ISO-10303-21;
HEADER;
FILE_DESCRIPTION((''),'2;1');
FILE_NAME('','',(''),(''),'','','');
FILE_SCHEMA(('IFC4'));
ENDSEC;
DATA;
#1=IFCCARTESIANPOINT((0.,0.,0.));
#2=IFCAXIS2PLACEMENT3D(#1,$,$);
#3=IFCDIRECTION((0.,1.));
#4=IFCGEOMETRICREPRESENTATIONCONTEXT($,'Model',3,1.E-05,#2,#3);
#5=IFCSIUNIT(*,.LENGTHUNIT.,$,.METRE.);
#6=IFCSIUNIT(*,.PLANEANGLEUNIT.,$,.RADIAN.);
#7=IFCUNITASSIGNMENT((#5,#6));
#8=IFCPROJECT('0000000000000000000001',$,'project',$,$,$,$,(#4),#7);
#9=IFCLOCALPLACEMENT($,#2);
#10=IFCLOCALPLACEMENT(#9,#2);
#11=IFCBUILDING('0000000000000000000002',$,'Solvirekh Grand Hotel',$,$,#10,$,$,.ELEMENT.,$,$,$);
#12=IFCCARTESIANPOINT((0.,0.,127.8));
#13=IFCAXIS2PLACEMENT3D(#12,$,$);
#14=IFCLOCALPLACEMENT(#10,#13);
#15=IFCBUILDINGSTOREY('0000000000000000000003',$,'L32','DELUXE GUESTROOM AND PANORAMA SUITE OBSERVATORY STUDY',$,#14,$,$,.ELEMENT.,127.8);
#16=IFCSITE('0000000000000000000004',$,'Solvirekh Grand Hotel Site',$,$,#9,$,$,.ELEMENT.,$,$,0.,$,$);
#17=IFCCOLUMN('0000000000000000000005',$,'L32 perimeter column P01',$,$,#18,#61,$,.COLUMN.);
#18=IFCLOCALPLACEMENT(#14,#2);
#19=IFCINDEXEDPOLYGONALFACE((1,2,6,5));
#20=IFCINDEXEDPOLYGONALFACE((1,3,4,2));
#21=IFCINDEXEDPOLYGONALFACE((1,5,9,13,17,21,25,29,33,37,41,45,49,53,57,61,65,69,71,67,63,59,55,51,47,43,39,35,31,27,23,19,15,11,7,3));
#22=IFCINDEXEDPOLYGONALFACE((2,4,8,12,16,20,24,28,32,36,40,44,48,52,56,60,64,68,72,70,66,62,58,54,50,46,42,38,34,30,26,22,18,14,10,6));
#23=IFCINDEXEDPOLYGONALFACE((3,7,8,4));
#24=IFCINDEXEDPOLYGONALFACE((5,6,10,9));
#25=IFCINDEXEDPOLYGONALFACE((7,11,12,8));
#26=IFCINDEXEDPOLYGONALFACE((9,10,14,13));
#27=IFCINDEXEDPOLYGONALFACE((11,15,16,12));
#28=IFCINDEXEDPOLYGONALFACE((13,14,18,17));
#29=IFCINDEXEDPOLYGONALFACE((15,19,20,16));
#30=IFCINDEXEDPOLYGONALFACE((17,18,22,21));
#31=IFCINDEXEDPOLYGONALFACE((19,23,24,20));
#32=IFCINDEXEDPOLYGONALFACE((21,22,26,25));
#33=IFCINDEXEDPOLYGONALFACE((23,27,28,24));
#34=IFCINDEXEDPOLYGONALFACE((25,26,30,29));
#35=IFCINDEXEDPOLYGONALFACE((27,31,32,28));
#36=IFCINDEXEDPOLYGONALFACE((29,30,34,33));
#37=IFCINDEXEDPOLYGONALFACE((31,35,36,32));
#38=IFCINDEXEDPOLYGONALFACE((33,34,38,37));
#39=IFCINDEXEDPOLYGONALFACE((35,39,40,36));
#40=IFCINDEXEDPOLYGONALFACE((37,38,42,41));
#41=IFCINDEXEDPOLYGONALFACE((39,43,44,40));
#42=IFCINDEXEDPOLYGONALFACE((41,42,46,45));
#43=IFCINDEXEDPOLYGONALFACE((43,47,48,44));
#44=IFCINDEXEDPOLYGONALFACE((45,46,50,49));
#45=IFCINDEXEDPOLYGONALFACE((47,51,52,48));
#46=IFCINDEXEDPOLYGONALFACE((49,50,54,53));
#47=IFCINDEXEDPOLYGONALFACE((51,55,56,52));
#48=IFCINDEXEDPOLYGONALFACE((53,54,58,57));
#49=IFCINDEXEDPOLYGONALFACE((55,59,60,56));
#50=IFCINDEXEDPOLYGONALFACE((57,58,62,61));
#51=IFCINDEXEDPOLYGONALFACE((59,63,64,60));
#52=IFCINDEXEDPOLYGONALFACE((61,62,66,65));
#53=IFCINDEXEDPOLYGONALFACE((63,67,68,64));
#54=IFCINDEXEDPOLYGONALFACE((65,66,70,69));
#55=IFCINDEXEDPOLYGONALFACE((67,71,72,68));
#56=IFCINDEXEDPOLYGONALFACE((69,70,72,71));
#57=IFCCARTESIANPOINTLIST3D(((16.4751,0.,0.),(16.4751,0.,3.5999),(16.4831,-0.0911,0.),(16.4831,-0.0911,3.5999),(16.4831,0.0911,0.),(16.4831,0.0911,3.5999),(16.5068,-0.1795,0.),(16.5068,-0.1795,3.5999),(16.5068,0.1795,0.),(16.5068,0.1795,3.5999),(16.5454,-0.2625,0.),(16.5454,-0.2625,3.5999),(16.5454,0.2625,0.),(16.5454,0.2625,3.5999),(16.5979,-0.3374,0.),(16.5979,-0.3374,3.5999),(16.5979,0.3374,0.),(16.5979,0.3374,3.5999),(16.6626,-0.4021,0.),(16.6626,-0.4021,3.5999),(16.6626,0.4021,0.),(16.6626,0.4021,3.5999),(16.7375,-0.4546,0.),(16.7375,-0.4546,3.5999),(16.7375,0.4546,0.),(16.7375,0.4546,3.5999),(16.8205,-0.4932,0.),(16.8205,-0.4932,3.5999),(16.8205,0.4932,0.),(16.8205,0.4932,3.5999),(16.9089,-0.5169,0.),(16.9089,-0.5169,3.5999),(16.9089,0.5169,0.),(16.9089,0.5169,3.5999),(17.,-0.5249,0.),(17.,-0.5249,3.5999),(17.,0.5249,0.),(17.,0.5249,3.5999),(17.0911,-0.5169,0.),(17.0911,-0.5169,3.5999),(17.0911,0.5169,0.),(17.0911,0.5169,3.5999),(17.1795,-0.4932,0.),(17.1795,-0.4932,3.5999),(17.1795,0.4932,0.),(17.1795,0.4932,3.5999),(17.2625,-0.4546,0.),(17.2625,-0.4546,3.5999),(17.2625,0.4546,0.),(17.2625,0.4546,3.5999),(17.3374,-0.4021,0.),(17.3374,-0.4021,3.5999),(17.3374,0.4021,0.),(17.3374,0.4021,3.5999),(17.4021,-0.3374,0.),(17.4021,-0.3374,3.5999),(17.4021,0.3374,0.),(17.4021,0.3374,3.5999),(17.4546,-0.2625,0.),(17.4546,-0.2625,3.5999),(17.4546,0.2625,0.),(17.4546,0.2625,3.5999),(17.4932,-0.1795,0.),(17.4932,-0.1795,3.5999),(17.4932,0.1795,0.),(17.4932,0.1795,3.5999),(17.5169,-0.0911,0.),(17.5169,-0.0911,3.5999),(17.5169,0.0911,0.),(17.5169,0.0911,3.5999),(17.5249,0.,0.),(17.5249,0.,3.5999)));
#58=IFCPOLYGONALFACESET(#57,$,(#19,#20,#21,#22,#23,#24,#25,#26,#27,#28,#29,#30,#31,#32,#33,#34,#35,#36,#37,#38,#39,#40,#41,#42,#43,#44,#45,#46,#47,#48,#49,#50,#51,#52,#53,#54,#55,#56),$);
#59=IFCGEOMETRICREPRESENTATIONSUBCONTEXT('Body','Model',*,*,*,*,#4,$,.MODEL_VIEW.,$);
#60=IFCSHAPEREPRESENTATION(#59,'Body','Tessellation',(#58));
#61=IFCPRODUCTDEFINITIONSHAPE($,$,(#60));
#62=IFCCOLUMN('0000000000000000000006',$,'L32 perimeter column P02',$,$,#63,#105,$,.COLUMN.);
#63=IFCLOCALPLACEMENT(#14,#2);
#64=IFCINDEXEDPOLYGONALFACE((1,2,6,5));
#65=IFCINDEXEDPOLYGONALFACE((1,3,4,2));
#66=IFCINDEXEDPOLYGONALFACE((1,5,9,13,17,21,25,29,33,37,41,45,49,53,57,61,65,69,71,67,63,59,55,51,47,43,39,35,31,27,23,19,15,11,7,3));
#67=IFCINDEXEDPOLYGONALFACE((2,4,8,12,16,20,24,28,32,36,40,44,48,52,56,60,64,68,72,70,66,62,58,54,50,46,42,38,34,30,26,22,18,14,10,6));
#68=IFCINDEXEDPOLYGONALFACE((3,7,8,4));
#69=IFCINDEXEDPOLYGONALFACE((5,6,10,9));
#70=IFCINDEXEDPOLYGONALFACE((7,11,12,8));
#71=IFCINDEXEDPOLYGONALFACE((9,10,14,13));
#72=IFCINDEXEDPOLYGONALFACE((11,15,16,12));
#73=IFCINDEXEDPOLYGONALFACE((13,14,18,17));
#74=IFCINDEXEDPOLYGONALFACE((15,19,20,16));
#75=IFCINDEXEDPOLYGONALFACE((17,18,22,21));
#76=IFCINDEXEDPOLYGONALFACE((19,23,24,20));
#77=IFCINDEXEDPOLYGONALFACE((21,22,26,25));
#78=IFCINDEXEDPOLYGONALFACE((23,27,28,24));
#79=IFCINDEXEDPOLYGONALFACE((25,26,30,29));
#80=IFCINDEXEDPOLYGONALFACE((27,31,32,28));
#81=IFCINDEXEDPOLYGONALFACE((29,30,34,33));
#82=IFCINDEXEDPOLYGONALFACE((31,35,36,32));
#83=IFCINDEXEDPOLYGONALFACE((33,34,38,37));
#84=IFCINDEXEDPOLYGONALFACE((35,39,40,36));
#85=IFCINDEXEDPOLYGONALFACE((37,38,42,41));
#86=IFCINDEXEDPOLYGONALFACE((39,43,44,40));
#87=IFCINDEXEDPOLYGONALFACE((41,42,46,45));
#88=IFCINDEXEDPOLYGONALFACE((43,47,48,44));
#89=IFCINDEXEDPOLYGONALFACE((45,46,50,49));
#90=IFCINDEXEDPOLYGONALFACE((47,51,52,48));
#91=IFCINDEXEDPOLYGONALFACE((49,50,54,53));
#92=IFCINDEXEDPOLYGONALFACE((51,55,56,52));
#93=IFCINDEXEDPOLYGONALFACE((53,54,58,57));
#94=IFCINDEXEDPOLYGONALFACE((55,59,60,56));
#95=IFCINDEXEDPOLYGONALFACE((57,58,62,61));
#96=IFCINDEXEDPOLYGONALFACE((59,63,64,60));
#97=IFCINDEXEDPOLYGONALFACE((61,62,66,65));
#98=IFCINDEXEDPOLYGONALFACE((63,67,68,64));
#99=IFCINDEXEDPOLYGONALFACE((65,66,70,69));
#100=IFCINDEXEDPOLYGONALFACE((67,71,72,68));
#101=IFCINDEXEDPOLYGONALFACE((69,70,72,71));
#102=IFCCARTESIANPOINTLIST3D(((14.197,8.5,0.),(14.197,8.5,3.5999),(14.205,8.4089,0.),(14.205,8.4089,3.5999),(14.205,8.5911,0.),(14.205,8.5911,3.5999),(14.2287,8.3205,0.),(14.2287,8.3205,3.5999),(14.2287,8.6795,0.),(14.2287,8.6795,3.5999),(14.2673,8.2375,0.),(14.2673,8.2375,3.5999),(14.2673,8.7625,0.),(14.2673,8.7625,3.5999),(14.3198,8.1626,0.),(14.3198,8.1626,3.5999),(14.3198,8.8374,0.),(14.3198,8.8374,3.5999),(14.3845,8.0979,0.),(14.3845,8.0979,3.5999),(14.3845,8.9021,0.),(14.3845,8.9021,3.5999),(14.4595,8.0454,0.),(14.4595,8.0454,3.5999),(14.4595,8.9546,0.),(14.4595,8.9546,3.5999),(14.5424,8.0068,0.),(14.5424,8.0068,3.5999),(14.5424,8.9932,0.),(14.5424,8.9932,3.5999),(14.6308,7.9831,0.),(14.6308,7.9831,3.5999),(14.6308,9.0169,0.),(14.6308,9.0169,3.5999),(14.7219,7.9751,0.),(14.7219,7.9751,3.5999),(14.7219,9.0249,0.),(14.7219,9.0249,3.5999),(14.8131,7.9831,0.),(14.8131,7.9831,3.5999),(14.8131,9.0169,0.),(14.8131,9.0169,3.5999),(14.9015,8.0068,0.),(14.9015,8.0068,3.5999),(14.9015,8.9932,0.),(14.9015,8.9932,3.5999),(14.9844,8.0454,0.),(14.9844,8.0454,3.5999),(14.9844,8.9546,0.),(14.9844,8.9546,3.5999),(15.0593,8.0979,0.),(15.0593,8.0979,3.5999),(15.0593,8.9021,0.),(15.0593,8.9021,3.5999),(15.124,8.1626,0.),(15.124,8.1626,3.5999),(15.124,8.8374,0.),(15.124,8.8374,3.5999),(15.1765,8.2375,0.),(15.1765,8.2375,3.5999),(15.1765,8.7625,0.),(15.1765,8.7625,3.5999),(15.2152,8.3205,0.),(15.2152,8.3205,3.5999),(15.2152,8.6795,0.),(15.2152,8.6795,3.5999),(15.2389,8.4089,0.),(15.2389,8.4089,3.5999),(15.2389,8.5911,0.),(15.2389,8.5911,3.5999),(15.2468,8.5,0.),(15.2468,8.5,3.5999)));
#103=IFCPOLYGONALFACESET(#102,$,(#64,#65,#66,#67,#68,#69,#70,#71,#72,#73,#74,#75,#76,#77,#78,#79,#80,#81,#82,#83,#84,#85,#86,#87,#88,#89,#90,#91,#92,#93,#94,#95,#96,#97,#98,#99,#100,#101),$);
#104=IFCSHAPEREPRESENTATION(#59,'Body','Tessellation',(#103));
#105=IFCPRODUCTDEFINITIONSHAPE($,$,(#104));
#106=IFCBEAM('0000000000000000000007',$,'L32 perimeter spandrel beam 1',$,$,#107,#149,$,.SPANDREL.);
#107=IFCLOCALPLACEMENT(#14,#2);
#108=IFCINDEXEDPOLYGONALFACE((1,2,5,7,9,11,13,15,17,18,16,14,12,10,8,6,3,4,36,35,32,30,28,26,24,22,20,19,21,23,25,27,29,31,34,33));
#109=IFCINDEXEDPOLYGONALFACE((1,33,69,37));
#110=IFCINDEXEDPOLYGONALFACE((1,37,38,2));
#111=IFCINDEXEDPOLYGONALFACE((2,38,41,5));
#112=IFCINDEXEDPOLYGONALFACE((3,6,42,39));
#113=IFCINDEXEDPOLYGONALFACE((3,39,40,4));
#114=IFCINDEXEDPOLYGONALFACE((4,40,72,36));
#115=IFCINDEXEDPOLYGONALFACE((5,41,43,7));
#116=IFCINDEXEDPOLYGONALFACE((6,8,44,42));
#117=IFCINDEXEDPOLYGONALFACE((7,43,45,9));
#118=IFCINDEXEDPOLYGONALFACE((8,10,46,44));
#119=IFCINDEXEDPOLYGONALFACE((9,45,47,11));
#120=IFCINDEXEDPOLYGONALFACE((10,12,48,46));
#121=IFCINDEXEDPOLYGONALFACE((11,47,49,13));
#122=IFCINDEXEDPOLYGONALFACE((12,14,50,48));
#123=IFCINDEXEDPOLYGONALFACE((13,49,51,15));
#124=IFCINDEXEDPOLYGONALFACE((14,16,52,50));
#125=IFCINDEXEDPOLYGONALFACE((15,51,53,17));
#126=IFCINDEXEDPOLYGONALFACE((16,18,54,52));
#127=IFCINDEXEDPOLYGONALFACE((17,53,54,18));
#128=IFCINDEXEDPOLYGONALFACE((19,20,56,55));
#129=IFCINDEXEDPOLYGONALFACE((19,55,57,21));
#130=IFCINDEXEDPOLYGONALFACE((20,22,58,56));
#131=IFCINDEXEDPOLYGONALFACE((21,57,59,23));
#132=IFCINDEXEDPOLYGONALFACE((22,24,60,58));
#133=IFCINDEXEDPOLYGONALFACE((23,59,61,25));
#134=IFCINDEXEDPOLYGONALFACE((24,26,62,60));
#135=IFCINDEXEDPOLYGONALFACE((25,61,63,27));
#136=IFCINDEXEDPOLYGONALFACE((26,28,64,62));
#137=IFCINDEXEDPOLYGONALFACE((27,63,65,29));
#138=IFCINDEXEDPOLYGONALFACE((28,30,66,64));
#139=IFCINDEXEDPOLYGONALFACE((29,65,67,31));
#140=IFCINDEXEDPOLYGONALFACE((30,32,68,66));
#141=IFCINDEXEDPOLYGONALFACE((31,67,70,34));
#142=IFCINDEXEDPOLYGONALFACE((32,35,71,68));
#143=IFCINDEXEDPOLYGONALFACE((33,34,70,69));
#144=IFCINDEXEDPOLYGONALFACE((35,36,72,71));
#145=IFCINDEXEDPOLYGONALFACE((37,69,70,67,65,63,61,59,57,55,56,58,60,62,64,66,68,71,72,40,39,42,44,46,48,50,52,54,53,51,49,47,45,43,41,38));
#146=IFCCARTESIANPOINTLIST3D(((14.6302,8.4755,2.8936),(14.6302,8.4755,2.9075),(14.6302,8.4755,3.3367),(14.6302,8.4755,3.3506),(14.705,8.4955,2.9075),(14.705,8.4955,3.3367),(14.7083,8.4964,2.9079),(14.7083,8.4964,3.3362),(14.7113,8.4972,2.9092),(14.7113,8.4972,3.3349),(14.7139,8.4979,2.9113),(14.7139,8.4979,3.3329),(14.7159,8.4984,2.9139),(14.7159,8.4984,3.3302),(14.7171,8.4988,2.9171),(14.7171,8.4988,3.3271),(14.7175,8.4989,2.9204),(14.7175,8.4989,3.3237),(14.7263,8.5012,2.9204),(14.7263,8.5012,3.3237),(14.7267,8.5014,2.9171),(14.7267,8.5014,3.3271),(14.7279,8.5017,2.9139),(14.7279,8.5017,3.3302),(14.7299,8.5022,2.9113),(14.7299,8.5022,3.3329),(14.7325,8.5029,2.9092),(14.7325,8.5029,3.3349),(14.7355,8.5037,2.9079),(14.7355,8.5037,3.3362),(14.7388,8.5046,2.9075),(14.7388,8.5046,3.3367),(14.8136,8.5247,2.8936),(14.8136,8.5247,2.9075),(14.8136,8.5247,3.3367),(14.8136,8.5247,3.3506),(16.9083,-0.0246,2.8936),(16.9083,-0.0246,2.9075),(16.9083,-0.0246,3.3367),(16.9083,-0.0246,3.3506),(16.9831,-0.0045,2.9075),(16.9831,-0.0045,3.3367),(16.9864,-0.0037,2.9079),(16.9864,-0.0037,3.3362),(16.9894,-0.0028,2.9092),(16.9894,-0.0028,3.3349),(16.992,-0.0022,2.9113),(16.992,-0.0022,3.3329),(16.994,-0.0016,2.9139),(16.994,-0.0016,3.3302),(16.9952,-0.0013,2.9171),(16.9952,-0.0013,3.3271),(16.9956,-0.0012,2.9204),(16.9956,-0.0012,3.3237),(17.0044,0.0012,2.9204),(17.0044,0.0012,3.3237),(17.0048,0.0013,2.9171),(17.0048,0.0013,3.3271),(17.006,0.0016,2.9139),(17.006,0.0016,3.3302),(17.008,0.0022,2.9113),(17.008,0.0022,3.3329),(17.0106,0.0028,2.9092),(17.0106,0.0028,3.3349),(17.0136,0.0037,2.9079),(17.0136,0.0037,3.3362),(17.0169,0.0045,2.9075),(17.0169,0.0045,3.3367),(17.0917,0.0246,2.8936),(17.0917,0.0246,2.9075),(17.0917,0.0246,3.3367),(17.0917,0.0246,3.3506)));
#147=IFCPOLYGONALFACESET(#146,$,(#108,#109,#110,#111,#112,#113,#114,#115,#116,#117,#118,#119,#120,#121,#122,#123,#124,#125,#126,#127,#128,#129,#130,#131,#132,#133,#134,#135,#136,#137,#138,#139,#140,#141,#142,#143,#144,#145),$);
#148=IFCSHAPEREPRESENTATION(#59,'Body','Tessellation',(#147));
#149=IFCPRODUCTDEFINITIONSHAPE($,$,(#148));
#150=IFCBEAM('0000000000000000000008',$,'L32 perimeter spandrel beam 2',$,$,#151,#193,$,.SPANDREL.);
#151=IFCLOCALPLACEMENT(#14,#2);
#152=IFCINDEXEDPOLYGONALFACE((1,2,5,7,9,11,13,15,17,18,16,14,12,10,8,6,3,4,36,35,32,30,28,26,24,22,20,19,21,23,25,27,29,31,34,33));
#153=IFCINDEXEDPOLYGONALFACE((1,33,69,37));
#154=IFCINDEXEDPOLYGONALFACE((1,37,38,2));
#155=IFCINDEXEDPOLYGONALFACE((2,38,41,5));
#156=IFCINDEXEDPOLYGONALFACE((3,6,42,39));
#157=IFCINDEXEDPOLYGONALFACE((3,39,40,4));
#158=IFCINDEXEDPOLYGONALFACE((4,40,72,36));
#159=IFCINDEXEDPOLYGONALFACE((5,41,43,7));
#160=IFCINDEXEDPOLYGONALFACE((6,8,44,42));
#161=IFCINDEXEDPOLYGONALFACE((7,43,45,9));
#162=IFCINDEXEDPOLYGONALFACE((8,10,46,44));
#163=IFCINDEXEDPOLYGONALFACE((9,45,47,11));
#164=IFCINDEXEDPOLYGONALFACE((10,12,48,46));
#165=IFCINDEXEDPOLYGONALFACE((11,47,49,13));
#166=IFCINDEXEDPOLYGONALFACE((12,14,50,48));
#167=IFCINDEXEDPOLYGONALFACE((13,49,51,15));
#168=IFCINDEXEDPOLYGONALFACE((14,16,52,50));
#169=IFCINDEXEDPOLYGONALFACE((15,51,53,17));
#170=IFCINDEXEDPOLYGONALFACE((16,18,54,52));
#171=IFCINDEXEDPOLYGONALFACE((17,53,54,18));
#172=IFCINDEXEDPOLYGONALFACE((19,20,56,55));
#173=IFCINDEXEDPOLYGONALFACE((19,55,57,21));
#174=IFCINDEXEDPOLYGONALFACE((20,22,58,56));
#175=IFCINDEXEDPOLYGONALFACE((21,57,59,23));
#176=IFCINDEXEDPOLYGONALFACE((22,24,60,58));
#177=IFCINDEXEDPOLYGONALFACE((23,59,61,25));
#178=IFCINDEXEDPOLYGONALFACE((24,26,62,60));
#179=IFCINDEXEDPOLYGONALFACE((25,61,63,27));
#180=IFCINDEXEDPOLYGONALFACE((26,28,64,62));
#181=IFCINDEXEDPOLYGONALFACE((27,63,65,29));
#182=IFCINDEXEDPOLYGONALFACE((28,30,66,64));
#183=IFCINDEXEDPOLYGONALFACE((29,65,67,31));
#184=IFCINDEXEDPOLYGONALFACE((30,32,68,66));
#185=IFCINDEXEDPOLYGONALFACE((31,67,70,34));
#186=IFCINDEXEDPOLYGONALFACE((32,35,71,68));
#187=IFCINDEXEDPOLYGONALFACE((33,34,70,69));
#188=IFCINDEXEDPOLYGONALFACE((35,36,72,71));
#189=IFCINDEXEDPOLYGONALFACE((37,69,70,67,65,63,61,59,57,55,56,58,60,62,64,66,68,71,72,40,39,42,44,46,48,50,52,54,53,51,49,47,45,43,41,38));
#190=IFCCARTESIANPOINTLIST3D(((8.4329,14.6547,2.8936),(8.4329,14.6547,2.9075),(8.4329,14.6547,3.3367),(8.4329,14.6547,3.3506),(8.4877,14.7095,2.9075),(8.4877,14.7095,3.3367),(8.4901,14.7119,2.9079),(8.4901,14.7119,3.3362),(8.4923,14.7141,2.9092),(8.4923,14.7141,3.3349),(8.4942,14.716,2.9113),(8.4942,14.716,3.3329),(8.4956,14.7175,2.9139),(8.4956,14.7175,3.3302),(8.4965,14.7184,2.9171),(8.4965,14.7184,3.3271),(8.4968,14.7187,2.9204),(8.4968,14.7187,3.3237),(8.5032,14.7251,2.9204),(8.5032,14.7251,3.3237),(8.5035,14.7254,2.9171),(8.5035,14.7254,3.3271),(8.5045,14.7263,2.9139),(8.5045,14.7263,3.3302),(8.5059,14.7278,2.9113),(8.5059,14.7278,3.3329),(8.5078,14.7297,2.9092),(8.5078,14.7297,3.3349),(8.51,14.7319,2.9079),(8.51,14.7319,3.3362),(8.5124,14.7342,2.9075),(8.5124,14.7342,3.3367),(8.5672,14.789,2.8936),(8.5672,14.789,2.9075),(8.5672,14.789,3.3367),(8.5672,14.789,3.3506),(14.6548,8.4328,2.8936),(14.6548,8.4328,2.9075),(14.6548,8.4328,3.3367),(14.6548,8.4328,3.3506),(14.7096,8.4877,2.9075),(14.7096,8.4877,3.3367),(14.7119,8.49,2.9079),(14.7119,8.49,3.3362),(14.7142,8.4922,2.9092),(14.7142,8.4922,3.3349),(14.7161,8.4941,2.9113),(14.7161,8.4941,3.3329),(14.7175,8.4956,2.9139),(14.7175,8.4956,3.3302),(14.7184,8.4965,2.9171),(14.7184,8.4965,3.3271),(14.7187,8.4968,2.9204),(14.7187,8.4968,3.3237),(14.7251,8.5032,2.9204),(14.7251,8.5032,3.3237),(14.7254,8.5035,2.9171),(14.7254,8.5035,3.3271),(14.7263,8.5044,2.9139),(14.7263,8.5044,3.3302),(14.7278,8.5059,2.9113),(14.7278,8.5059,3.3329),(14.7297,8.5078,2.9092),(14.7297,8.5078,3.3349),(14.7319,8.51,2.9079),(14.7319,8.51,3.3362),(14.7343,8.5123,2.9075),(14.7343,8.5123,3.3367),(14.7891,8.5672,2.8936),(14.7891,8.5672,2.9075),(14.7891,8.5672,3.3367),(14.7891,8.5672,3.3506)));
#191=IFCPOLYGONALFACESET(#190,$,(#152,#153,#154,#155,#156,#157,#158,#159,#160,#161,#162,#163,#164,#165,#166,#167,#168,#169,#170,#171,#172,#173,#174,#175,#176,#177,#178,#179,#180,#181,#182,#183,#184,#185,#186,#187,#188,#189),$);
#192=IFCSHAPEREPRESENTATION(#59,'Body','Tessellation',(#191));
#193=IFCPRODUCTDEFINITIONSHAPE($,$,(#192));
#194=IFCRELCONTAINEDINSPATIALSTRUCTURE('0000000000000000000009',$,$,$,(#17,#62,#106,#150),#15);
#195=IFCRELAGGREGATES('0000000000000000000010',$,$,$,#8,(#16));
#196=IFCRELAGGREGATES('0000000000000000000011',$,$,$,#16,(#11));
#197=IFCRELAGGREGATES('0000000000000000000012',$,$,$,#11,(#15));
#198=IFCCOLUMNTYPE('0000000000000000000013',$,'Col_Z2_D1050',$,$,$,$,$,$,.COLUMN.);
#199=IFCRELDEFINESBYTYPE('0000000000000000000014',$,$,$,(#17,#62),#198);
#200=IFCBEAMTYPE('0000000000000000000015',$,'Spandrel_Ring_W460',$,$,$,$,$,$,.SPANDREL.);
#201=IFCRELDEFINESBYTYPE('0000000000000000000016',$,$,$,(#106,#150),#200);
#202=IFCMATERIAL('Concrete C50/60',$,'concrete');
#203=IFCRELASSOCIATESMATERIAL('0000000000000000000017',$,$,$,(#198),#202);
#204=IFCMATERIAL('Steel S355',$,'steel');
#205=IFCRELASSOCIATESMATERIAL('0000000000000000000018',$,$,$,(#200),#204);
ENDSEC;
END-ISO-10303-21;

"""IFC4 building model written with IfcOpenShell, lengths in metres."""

from ifc_helpers import new_model, si_unit, direction, frame, origin, origin_2d, place, context, subcontext, project, spatial, circle, i_section, extrude, material, material_profile, profile_set, type_object, element, save


model = new_model("IFC4")

# Units and contexts
model_context = context("Model", 3, precision=1e-05, world=origin(), true_north=direction((0.0, 1.0)))
body_context = subcontext(model_context, "Body", "Model", "MODEL_VIEW")
ifc_project = project(units=[si_unit("LENGTHUNIT", "METRE"), si_unit("PLANEANGLEUNIT", "RADIAN")], contexts=[model_context])

# Site, building, storey
site_placement = place(None, origin())
site = spatial("IfcSite", under=ifc_project, at=site_placement, Name="Solvirekh Grand Hotel Site", CompositionType="ELEMENT", RefElevation=0.0)
building_placement = place(site_placement, origin())
building = spatial("IfcBuilding", under=site, at=building_placement, Name="Solvirekh Grand Hotel", CompositionType="ELEMENT")
storey_placement = place(building_placement, frame((0.0, 0.0, 127.8)))
storey = spatial("IfcBuildingStorey", under=building, at=storey_placement, Name="L32", Description="DELUXE GUESTROOM AND PANORAMA SUITE OBSERVATORY STUDY", CompositionType="ELEMENT", Elevation=127.8)

# Columns
ifc_material_1 = material(Name="Concrete C50/60", Category="concrete")
ifc_material_profile_1 = material_profile(ifc_material_1, circle(Radius=0.5249, at=origin_2d()), Name="RC CIRC D1050")
ifc_profile_set_1 = profile_set([ifc_material_profile_1], Name="Concrete C50/60")
column_type = type_object("IfcColumnType", Name="Col_Z2_D1050", PredefinedType="COLUMN", material=ifc_profile_set_1)
for number, where, z_axis, x_axis, name in (
    (1, (17.0, 0.0, 0.0), (0.0, 0.0, 1.0), (1.0, 0.0, 0.0), "L32 perimeter column P01"),
    (2, (14.7219, 8.5, 0.0), (0.0, 0.0, 1.0), (1.0, 0.0, 0.0), "L32 perimeter column P02"),
):
    element("IfcColumn", number, at=place(storey_placement, frame(where, z_axis=z_axis, x_axis=x_axis)), inside=storey, type_object=column_type, Name=name, PredefinedType="COLUMN", context=body_context, shape_type="SweptSolid", body=[
        extrude(circle(Radius=0.5249, at=origin_2d()), origin(), (0.0, 0.0, 1.0), 3.5999),
    ])

# Beams
ifc_material_2 = material(Name="Steel S355", Category="steel")
ifc_material_profile_2 = material_profile(ifc_material_2, i_section(OverallWidth=0.1899, OverallDepth=0.457, WebThickness=0.009, FlangeThickness=0.0139, FilletRadius=0.0129, at=origin_2d()), Name="W460X74")
ifc_profile_set_2 = profile_set([ifc_material_profile_2], Name="Steel S355")
beam_type = type_object("IfcBeamType", Name="Spandrel_Ring_W460", PredefinedType="SPANDREL", material=ifc_profile_set_2)
beam_1_placement = place(storey_placement, frame((17.0, 0.0, 3.1221), z_axis=(-0.258873, 0.965911, 0.0), x_axis=(-0.965911, -0.258873, 0.0)))
element("IfcBeam", 3, at=beam_1_placement, inside=storey, type_object=beam_type, Name="L32 perimeter spandrel beam 1", PredefinedType="SPANDREL", context=body_context, shape_type="SweptSolid", body=[
    extrude(i_section(OverallWidth=0.1899, OverallDepth=0.457, WebThickness=0.009, FlangeThickness=0.0139, FilletRadius=0.0129, at=origin_2d()), origin(), (0.0, 0.0, 1.0), 8.8),
])
beam_2_placement = place(storey_placement, frame((14.7219, 8.5, 3.1221), z_axis=(-0.707107, 0.707107, 0.0), x_axis=(-0.707107, -0.707107, 0.0)))
element("IfcBeam", 4, at=beam_2_placement, inside=storey, type_object=beam_type, Name="L32 perimeter spandrel beam 2", PredefinedType="SPANDREL", context=body_context, shape_type="SweptSolid", body=[
    extrude(i_section(OverallWidth=0.1899, OverallDepth=0.457, WebThickness=0.009, FlangeThickness=0.0139, FilletRadius=0.0129, at=origin_2d()), origin(), (0.0, 0.0, 1.0), 8.7991),
])

save(model, "model.ifc")
